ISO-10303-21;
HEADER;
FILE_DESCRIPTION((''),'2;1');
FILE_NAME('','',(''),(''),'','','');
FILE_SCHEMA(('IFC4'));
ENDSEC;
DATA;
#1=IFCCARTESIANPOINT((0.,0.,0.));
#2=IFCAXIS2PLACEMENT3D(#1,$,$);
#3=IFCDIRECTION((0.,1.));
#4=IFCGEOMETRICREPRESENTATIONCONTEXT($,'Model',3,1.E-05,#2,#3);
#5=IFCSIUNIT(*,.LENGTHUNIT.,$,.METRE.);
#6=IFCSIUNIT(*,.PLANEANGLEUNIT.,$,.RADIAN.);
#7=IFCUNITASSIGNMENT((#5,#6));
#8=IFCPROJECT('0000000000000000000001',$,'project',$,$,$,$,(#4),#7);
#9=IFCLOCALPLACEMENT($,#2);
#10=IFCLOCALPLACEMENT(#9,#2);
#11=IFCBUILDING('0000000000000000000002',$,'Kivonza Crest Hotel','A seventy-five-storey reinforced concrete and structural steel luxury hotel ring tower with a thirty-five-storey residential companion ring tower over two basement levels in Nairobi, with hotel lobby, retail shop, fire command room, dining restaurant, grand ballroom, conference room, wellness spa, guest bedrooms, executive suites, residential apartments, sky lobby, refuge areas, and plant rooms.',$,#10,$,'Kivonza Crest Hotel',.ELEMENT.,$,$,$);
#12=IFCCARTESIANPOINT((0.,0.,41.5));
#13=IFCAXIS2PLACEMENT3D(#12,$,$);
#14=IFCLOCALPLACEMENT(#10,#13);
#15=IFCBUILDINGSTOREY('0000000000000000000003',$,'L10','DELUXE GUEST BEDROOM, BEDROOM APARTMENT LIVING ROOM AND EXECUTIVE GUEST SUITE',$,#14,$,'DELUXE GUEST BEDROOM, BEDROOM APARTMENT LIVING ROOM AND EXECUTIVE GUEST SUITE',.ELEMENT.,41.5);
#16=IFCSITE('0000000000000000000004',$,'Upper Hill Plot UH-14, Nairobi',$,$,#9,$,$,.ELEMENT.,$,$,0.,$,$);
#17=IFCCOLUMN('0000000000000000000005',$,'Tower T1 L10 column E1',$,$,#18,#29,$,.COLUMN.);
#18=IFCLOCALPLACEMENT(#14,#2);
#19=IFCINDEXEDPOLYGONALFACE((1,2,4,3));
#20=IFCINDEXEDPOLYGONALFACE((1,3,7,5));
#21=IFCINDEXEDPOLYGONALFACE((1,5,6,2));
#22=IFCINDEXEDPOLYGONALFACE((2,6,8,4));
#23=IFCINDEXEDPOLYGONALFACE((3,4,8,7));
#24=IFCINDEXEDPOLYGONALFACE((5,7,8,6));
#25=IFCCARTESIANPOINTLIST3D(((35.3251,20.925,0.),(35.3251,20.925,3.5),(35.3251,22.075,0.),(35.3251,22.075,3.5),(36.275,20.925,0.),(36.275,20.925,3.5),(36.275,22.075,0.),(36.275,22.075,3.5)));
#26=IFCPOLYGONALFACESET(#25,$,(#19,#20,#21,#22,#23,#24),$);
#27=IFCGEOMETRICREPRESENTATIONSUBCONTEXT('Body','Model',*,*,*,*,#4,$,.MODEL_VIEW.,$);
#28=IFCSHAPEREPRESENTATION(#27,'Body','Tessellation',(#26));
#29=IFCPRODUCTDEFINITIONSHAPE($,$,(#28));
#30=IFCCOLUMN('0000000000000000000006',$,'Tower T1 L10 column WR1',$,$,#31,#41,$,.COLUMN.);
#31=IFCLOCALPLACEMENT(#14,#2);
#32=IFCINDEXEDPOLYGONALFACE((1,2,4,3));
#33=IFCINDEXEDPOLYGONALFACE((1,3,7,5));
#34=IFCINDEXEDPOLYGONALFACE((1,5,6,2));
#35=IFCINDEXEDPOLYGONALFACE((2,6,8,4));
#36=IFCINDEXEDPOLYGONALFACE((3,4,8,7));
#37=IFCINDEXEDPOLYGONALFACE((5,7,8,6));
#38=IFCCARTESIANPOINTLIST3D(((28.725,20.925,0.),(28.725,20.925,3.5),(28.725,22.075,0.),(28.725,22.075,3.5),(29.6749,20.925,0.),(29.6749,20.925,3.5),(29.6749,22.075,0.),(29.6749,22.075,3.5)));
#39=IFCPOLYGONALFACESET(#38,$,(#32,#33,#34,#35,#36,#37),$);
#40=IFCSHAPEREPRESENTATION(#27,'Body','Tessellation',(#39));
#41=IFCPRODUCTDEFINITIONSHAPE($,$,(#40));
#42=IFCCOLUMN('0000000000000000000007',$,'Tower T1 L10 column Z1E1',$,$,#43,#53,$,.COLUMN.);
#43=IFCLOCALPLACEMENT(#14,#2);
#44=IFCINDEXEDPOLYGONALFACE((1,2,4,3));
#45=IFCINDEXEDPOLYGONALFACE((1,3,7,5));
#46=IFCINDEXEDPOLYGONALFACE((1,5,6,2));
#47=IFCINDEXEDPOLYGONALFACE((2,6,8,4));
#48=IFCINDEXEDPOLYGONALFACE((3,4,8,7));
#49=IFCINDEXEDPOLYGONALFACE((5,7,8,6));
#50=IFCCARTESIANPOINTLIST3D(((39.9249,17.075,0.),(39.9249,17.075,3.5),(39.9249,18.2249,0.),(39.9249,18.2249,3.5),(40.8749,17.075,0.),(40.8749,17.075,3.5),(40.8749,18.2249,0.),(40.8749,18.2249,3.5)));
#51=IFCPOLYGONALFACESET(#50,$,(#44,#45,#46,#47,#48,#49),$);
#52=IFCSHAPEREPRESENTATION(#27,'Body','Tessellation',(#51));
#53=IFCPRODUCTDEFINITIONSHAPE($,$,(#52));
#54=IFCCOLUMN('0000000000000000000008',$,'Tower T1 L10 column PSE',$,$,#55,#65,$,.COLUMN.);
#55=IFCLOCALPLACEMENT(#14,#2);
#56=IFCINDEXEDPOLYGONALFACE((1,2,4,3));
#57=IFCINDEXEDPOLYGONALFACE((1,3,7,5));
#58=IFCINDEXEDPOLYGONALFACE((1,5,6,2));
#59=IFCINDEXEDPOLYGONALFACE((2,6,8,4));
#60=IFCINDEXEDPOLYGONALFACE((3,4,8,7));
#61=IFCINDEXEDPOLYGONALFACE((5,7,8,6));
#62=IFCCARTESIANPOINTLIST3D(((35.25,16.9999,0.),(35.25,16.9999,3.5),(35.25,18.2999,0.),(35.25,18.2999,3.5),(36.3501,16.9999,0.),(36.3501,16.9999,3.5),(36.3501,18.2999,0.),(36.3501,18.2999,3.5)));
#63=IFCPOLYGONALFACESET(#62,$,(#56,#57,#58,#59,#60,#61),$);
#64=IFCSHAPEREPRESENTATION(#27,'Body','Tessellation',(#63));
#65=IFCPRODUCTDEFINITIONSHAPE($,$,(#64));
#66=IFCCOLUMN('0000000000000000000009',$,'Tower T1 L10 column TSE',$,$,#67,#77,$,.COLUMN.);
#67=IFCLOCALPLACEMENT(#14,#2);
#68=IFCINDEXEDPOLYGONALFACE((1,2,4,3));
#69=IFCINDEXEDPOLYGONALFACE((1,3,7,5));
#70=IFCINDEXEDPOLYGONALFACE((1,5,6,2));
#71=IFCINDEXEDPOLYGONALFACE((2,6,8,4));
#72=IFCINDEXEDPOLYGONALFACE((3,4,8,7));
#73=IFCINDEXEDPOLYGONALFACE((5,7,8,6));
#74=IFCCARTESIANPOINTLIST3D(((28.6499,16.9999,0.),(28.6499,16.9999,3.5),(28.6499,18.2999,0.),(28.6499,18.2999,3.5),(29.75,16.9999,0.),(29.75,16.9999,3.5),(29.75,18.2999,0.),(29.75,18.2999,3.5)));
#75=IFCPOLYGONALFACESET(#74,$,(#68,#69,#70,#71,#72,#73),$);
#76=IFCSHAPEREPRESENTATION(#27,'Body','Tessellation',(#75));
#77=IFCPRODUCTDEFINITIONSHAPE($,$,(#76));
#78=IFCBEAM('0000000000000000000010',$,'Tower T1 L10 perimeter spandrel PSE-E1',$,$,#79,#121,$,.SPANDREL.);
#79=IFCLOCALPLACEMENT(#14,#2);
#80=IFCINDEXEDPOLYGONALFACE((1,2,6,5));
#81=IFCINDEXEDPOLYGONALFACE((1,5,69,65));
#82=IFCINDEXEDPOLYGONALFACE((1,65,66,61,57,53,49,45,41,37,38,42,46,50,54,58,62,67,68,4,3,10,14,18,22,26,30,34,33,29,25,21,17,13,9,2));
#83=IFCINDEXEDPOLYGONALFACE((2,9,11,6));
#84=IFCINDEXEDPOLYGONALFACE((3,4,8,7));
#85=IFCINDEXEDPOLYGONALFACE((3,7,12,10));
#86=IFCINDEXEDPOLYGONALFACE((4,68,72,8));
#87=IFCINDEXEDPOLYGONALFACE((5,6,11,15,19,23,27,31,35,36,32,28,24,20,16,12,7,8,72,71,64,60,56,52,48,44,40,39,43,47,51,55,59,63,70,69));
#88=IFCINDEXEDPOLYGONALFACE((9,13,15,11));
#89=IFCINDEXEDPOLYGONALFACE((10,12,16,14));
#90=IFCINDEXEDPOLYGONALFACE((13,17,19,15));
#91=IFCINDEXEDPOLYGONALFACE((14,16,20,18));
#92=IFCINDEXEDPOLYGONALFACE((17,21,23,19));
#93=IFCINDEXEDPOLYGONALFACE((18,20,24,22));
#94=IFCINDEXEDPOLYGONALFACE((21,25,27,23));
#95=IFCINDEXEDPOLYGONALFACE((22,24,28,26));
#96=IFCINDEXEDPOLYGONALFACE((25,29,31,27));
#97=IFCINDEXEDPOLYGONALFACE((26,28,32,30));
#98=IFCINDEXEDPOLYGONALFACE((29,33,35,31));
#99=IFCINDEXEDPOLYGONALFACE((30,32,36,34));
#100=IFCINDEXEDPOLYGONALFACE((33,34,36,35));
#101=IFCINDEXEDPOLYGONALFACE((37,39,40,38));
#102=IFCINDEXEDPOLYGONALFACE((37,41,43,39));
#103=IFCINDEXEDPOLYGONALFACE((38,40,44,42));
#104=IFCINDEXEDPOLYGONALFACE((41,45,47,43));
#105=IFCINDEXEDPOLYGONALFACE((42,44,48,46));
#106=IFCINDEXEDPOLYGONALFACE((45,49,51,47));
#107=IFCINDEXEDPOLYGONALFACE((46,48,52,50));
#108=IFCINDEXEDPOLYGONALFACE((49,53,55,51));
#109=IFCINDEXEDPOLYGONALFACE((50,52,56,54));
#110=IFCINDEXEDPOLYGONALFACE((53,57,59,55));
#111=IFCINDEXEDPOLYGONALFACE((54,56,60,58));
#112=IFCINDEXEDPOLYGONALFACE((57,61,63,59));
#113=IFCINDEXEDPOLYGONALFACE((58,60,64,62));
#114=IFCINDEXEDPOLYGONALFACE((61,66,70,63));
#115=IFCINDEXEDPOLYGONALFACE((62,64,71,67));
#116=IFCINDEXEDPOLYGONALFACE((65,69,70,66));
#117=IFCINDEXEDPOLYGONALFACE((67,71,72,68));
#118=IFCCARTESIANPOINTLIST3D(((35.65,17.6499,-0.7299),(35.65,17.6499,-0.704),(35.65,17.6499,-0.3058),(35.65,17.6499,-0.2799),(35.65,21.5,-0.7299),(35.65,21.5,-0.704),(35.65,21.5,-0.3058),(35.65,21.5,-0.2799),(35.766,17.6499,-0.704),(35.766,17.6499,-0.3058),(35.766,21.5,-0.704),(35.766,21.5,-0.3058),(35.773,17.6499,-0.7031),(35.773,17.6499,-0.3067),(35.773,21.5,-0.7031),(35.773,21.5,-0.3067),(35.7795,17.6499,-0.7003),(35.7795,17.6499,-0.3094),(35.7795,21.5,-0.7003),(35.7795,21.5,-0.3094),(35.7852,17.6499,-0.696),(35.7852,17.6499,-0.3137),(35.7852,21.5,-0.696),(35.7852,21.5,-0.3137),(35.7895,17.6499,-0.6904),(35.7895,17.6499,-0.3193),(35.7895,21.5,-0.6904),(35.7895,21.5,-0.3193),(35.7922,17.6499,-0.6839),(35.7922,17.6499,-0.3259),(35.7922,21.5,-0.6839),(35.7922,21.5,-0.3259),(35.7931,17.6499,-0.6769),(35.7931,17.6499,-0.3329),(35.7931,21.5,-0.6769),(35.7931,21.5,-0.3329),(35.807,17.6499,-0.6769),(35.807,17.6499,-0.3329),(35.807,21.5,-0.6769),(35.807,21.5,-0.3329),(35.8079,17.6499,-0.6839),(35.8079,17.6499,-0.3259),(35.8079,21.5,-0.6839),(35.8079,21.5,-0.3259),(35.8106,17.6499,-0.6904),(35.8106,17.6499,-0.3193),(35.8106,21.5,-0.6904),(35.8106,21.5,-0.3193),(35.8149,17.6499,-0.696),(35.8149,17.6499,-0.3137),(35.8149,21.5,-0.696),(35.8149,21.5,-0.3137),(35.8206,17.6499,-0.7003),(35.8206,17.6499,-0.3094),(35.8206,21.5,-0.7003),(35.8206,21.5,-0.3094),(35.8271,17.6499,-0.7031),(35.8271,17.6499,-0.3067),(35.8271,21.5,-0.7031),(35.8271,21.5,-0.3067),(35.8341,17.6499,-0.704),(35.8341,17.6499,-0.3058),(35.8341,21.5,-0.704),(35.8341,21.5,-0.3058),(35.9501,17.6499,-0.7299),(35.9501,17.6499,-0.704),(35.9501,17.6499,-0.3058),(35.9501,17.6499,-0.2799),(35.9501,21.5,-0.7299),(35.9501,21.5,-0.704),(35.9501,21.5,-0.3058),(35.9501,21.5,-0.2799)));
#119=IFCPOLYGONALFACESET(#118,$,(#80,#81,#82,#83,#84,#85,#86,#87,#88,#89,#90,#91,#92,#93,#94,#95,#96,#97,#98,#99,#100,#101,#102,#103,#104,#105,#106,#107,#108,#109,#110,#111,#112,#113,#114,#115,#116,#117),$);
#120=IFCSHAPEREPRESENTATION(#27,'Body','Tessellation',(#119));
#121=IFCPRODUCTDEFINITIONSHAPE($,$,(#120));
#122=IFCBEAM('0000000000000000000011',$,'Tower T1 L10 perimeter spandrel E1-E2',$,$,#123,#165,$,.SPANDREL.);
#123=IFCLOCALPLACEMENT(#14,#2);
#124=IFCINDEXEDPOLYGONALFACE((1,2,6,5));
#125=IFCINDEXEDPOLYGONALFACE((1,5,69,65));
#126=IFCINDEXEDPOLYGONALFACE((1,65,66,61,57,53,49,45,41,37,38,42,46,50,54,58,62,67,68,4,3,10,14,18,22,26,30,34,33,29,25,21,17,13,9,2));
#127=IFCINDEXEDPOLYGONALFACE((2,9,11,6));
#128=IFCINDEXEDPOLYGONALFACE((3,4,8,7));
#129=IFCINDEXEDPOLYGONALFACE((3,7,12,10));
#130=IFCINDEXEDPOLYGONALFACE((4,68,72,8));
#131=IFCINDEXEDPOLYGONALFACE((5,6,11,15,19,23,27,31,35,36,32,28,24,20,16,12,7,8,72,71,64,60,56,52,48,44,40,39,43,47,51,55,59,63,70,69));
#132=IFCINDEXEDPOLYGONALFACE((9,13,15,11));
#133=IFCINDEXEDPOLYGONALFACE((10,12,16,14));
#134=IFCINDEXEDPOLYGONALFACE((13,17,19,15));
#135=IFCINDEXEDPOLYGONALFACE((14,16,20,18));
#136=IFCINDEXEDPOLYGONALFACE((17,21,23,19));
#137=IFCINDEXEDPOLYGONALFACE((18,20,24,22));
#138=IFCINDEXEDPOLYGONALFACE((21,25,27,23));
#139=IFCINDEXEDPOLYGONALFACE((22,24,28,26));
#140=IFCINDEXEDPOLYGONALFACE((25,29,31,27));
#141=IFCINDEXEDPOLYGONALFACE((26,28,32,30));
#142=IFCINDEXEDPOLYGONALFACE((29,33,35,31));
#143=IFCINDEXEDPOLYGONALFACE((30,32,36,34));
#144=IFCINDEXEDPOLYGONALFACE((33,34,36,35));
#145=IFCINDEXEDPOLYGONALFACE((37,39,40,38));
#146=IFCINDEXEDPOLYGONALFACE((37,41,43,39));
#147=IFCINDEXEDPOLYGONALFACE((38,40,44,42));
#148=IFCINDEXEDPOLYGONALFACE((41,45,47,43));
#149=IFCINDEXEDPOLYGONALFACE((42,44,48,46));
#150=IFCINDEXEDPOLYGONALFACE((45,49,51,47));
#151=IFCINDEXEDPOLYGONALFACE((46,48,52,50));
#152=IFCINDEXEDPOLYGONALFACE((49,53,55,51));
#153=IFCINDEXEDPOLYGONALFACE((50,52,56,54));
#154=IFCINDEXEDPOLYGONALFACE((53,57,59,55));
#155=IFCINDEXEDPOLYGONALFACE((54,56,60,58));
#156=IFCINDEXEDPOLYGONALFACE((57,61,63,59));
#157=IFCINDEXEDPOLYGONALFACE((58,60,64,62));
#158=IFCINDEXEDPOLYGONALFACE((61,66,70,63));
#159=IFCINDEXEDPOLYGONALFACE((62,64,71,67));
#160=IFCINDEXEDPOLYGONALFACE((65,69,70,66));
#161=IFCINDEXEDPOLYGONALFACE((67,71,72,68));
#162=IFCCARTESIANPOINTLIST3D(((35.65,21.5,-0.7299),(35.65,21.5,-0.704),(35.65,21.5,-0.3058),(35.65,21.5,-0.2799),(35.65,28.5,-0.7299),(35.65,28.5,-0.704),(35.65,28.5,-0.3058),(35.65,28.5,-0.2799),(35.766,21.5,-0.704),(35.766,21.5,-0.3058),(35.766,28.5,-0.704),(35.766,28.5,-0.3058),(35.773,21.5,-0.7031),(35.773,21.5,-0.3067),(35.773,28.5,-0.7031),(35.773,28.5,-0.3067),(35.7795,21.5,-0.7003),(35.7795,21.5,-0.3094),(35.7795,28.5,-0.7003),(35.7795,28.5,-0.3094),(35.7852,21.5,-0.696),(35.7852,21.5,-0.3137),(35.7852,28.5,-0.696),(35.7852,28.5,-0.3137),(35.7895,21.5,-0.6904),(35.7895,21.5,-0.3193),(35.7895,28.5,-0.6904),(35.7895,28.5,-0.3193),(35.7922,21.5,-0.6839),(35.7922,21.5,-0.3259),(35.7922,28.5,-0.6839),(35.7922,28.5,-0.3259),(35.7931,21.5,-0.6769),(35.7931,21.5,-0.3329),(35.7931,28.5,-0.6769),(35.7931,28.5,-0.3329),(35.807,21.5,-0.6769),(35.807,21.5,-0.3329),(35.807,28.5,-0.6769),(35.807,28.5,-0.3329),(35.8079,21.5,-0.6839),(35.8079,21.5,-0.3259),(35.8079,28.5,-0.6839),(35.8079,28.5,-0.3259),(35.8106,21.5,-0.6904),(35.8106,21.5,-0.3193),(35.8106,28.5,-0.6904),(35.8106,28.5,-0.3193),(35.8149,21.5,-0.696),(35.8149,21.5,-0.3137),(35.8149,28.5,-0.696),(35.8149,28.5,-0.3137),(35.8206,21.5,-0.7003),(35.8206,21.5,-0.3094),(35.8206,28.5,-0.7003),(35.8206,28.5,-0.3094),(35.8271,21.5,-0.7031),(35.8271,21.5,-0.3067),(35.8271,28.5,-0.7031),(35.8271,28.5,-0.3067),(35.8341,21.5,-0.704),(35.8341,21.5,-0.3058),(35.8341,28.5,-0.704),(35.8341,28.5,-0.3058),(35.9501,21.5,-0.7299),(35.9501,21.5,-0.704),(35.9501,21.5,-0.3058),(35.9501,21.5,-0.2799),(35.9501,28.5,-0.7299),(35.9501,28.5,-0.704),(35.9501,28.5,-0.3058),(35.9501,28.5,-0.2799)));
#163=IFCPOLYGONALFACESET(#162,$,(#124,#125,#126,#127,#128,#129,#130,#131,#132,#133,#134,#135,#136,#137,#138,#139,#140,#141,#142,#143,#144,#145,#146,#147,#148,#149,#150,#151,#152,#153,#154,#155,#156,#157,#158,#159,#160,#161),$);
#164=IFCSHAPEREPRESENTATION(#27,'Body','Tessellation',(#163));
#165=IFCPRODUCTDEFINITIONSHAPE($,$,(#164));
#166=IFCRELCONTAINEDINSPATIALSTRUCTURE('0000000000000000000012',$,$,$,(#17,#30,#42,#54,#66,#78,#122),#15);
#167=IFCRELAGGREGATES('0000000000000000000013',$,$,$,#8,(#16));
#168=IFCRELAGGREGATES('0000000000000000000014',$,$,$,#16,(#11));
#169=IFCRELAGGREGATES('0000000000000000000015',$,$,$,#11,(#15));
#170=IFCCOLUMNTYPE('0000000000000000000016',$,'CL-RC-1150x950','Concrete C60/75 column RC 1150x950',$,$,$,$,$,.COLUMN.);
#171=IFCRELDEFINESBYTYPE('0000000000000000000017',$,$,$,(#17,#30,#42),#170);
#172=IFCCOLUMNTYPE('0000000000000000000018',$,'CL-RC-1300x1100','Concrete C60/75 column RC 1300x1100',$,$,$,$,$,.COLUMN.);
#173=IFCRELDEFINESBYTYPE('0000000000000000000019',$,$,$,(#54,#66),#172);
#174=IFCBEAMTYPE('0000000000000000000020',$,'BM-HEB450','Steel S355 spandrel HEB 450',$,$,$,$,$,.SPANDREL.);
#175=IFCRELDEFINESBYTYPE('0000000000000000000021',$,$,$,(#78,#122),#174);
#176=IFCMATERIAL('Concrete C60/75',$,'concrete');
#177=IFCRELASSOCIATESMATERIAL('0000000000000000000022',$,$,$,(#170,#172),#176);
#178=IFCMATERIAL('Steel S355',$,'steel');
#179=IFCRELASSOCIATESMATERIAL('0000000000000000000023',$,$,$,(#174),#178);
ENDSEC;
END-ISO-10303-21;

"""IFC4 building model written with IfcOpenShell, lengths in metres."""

from ifc_helpers import new_model, si_unit, direction, frame, origin, origin_2d, place, context, subcontext, project, spatial, rectangle, i_section, extrude, material, material_profile, profile_set, type_object, element, save


model = new_model("IFC4")

# Units and contexts
model_context = context("Model", 3, precision=1e-05, world=origin(), true_north=direction((0.0, 1.0)))
body_context = subcontext(model_context, "Body", "Model", "MODEL_VIEW")
ifc_project = project(units=[si_unit("LENGTHUNIT", "METRE"), si_unit("PLANEANGLEUNIT", "RADIAN")], contexts=[model_context])

# Site, building, storey
site_placement = place(None, origin())
site = spatial("IfcSite", under=ifc_project, at=site_placement, Name="Upper Hill Plot UH-14, Nairobi", CompositionType="ELEMENT", RefElevation=0.0)
building_placement = place(site_placement, origin())
building = spatial("IfcBuilding", under=site, at=building_placement, Name="Kivonza Crest Hotel", Description="A seventy-five-storey reinforced concrete and structural steel luxury hotel ring tower with a thirty-five-storey residential companion ring tower over two basement levels in Nairobi, with hotel lobby, retail shop, fire command room, dining restaurant, grand ballroom, conference room, wellness spa, guest bedrooms, executive suites, residential apartments, sky lobby, refuge areas, and plant rooms.", LongName="Kivonza Crest Hotel", CompositionType="ELEMENT")
storey_placement = place(building_placement, frame((0.0, 0.0, 41.5)))
storey = spatial("IfcBuildingStorey", under=building, at=storey_placement, Name="L10", Description="DELUXE GUEST BEDROOM, BEDROOM APARTMENT LIVING ROOM AND EXECUTIVE GUEST SUITE", LongName="DELUXE GUEST BEDROOM, BEDROOM APARTMENT LIVING ROOM AND EXECUTIVE GUEST SUITE", CompositionType="ELEMENT", Elevation=41.5)

# Columns
ifc_material_1 = material(Name="Concrete C60/75", Category="concrete")
ifc_material_profile_1 = material_profile(ifc_material_1, rectangle(XDim=0.95, YDim=1.1499, at=origin_2d()), Name="RC 1150x950")
ifc_profile_set_1 = profile_set([ifc_material_profile_1], Name="Concrete C60/75")
column_type_1 = type_object("IfcColumnType", Name="CL-RC-1150x950", Description="Concrete C60/75 column RC 1150x950", PredefinedType="COLUMN", material=ifc_profile_set_1)
for number, where, z_axis, x_axis, name in (
    (1, (35.8, 21.5, 0.0), (0.0, 0.0, 1.0), (1.0, 0.0, 0.0), "Tower T1 L10 column E1"),
    (2, (29.2, 21.5, 0.0), (0.0, 0.0, 1.0), (1.0, 0.0, 0.0), "Tower T1 L10 column WR1"),
    (3, (40.3999, 17.6499, 0.0), (0.0, 0.0, 1.0), (1.0, 0.0, 0.0), "Tower T1 L10 column Z1E1"),
):
    element("IfcColumn", number, at=place(storey_placement, frame(where, z_axis=z_axis, x_axis=x_axis)), inside=storey, type_object=column_type_1, Name=name, PredefinedType="COLUMN", context=body_context, shape_type="SweptSolid", body=[
        extrude(rectangle(XDim=0.95, YDim=1.1499, at=origin_2d()), origin(), (0.0, 0.0, 1.0), 3.5),
    ])
ifc_material_profile_2 = material_profile(ifc_material_1, rectangle(XDim=1.1001, YDim=1.3, at=origin_2d()), Name="RC 1300x1100")
ifc_profile_set_2 = profile_set([ifc_material_profile_2], Name="Concrete C60/75")
column_type_2 = type_object("IfcColumnType", Name="CL-RC-1300x1100", Description="Concrete C60/75 column RC 1300x1100", PredefinedType="COLUMN", material=ifc_profile_set_2)
for number, where, z_axis, x_axis, name in (
    (4, (35.8, 17.6499, 0.0), (0.0, 0.0, 1.0), (1.0, 0.0, 0.0), "Tower T1 L10 column PSE"),
    (5, (29.2, 17.6499, 0.0), (0.0, 0.0, 1.0), (1.0, 0.0, 0.0), "Tower T1 L10 column TSE"),
):
    element("IfcColumn", number, at=place(storey_placement, frame(where, z_axis=z_axis, x_axis=x_axis)), inside=storey, type_object=column_type_2, Name=name, PredefinedType="COLUMN", context=body_context, shape_type="SweptSolid", body=[
        extrude(rectangle(XDim=1.1001, YDim=1.3, at=origin_2d()), origin(), (0.0, 0.0, 1.0), 3.5),
    ])

# Beams
ifc_material_2 = material(Name="Steel S355", Category="steel")
ifc_material_profile_3 = material_profile(ifc_material_2, i_section(OverallWidth=0.3, OverallDepth=0.45, WebThickness=0.0139, FlangeThickness=0.0259, FilletRadius=0.0271, at=origin_2d()), Name="HEB 450")
ifc_profile_set_3 = profile_set([ifc_material_profile_3], Name="Steel S355")
beam_type_1 = type_object("IfcBeamType", Name="BM-HEB450", Description="Steel S355 spandrel HEB 450", PredefinedType="SPANDREL", material=ifc_profile_set_3)
beam_1_placement = place(storey_placement, frame((35.8, 17.6499, -0.5049), z_axis=(0.0, 1.0, 0.0), x_axis=(-1.0, 0.0, 0.0)))
element("IfcBeam", 6, at=beam_1_placement, inside=storey, type_object=beam_type_1, Name="Tower T1 L10 perimeter spandrel PSE-E1", PredefinedType="SPANDREL", context=body_context, shape_type="SweptSolid", body=[
    extrude(i_section(OverallWidth=0.3, OverallDepth=0.45, WebThickness=0.0139, FlangeThickness=0.0259, FilletRadius=0.0271, at=origin_2d()), origin(), (0.0, 0.0, 1.0), 3.8501),
])
beam_2_placement = place(storey_placement, frame((35.8, 21.5, -0.5049), z_axis=(0.0, 1.0, 0.0), x_axis=(-1.0, 0.0, 0.0)))
element("IfcBeam", 7, at=beam_2_placement, inside=storey, type_object=beam_type_1, Name="Tower T1 L10 perimeter spandrel E1-E2", PredefinedType="SPANDREL", context=body_context, shape_type="SweptSolid", body=[
    extrude(i_section(OverallWidth=0.3, OverallDepth=0.45, WebThickness=0.0139, FlangeThickness=0.0259, FilletRadius=0.0271, at=origin_2d()), origin(), (0.0, 0.0, 1.0), 7.0),
])

save(model, "model.ifc")
